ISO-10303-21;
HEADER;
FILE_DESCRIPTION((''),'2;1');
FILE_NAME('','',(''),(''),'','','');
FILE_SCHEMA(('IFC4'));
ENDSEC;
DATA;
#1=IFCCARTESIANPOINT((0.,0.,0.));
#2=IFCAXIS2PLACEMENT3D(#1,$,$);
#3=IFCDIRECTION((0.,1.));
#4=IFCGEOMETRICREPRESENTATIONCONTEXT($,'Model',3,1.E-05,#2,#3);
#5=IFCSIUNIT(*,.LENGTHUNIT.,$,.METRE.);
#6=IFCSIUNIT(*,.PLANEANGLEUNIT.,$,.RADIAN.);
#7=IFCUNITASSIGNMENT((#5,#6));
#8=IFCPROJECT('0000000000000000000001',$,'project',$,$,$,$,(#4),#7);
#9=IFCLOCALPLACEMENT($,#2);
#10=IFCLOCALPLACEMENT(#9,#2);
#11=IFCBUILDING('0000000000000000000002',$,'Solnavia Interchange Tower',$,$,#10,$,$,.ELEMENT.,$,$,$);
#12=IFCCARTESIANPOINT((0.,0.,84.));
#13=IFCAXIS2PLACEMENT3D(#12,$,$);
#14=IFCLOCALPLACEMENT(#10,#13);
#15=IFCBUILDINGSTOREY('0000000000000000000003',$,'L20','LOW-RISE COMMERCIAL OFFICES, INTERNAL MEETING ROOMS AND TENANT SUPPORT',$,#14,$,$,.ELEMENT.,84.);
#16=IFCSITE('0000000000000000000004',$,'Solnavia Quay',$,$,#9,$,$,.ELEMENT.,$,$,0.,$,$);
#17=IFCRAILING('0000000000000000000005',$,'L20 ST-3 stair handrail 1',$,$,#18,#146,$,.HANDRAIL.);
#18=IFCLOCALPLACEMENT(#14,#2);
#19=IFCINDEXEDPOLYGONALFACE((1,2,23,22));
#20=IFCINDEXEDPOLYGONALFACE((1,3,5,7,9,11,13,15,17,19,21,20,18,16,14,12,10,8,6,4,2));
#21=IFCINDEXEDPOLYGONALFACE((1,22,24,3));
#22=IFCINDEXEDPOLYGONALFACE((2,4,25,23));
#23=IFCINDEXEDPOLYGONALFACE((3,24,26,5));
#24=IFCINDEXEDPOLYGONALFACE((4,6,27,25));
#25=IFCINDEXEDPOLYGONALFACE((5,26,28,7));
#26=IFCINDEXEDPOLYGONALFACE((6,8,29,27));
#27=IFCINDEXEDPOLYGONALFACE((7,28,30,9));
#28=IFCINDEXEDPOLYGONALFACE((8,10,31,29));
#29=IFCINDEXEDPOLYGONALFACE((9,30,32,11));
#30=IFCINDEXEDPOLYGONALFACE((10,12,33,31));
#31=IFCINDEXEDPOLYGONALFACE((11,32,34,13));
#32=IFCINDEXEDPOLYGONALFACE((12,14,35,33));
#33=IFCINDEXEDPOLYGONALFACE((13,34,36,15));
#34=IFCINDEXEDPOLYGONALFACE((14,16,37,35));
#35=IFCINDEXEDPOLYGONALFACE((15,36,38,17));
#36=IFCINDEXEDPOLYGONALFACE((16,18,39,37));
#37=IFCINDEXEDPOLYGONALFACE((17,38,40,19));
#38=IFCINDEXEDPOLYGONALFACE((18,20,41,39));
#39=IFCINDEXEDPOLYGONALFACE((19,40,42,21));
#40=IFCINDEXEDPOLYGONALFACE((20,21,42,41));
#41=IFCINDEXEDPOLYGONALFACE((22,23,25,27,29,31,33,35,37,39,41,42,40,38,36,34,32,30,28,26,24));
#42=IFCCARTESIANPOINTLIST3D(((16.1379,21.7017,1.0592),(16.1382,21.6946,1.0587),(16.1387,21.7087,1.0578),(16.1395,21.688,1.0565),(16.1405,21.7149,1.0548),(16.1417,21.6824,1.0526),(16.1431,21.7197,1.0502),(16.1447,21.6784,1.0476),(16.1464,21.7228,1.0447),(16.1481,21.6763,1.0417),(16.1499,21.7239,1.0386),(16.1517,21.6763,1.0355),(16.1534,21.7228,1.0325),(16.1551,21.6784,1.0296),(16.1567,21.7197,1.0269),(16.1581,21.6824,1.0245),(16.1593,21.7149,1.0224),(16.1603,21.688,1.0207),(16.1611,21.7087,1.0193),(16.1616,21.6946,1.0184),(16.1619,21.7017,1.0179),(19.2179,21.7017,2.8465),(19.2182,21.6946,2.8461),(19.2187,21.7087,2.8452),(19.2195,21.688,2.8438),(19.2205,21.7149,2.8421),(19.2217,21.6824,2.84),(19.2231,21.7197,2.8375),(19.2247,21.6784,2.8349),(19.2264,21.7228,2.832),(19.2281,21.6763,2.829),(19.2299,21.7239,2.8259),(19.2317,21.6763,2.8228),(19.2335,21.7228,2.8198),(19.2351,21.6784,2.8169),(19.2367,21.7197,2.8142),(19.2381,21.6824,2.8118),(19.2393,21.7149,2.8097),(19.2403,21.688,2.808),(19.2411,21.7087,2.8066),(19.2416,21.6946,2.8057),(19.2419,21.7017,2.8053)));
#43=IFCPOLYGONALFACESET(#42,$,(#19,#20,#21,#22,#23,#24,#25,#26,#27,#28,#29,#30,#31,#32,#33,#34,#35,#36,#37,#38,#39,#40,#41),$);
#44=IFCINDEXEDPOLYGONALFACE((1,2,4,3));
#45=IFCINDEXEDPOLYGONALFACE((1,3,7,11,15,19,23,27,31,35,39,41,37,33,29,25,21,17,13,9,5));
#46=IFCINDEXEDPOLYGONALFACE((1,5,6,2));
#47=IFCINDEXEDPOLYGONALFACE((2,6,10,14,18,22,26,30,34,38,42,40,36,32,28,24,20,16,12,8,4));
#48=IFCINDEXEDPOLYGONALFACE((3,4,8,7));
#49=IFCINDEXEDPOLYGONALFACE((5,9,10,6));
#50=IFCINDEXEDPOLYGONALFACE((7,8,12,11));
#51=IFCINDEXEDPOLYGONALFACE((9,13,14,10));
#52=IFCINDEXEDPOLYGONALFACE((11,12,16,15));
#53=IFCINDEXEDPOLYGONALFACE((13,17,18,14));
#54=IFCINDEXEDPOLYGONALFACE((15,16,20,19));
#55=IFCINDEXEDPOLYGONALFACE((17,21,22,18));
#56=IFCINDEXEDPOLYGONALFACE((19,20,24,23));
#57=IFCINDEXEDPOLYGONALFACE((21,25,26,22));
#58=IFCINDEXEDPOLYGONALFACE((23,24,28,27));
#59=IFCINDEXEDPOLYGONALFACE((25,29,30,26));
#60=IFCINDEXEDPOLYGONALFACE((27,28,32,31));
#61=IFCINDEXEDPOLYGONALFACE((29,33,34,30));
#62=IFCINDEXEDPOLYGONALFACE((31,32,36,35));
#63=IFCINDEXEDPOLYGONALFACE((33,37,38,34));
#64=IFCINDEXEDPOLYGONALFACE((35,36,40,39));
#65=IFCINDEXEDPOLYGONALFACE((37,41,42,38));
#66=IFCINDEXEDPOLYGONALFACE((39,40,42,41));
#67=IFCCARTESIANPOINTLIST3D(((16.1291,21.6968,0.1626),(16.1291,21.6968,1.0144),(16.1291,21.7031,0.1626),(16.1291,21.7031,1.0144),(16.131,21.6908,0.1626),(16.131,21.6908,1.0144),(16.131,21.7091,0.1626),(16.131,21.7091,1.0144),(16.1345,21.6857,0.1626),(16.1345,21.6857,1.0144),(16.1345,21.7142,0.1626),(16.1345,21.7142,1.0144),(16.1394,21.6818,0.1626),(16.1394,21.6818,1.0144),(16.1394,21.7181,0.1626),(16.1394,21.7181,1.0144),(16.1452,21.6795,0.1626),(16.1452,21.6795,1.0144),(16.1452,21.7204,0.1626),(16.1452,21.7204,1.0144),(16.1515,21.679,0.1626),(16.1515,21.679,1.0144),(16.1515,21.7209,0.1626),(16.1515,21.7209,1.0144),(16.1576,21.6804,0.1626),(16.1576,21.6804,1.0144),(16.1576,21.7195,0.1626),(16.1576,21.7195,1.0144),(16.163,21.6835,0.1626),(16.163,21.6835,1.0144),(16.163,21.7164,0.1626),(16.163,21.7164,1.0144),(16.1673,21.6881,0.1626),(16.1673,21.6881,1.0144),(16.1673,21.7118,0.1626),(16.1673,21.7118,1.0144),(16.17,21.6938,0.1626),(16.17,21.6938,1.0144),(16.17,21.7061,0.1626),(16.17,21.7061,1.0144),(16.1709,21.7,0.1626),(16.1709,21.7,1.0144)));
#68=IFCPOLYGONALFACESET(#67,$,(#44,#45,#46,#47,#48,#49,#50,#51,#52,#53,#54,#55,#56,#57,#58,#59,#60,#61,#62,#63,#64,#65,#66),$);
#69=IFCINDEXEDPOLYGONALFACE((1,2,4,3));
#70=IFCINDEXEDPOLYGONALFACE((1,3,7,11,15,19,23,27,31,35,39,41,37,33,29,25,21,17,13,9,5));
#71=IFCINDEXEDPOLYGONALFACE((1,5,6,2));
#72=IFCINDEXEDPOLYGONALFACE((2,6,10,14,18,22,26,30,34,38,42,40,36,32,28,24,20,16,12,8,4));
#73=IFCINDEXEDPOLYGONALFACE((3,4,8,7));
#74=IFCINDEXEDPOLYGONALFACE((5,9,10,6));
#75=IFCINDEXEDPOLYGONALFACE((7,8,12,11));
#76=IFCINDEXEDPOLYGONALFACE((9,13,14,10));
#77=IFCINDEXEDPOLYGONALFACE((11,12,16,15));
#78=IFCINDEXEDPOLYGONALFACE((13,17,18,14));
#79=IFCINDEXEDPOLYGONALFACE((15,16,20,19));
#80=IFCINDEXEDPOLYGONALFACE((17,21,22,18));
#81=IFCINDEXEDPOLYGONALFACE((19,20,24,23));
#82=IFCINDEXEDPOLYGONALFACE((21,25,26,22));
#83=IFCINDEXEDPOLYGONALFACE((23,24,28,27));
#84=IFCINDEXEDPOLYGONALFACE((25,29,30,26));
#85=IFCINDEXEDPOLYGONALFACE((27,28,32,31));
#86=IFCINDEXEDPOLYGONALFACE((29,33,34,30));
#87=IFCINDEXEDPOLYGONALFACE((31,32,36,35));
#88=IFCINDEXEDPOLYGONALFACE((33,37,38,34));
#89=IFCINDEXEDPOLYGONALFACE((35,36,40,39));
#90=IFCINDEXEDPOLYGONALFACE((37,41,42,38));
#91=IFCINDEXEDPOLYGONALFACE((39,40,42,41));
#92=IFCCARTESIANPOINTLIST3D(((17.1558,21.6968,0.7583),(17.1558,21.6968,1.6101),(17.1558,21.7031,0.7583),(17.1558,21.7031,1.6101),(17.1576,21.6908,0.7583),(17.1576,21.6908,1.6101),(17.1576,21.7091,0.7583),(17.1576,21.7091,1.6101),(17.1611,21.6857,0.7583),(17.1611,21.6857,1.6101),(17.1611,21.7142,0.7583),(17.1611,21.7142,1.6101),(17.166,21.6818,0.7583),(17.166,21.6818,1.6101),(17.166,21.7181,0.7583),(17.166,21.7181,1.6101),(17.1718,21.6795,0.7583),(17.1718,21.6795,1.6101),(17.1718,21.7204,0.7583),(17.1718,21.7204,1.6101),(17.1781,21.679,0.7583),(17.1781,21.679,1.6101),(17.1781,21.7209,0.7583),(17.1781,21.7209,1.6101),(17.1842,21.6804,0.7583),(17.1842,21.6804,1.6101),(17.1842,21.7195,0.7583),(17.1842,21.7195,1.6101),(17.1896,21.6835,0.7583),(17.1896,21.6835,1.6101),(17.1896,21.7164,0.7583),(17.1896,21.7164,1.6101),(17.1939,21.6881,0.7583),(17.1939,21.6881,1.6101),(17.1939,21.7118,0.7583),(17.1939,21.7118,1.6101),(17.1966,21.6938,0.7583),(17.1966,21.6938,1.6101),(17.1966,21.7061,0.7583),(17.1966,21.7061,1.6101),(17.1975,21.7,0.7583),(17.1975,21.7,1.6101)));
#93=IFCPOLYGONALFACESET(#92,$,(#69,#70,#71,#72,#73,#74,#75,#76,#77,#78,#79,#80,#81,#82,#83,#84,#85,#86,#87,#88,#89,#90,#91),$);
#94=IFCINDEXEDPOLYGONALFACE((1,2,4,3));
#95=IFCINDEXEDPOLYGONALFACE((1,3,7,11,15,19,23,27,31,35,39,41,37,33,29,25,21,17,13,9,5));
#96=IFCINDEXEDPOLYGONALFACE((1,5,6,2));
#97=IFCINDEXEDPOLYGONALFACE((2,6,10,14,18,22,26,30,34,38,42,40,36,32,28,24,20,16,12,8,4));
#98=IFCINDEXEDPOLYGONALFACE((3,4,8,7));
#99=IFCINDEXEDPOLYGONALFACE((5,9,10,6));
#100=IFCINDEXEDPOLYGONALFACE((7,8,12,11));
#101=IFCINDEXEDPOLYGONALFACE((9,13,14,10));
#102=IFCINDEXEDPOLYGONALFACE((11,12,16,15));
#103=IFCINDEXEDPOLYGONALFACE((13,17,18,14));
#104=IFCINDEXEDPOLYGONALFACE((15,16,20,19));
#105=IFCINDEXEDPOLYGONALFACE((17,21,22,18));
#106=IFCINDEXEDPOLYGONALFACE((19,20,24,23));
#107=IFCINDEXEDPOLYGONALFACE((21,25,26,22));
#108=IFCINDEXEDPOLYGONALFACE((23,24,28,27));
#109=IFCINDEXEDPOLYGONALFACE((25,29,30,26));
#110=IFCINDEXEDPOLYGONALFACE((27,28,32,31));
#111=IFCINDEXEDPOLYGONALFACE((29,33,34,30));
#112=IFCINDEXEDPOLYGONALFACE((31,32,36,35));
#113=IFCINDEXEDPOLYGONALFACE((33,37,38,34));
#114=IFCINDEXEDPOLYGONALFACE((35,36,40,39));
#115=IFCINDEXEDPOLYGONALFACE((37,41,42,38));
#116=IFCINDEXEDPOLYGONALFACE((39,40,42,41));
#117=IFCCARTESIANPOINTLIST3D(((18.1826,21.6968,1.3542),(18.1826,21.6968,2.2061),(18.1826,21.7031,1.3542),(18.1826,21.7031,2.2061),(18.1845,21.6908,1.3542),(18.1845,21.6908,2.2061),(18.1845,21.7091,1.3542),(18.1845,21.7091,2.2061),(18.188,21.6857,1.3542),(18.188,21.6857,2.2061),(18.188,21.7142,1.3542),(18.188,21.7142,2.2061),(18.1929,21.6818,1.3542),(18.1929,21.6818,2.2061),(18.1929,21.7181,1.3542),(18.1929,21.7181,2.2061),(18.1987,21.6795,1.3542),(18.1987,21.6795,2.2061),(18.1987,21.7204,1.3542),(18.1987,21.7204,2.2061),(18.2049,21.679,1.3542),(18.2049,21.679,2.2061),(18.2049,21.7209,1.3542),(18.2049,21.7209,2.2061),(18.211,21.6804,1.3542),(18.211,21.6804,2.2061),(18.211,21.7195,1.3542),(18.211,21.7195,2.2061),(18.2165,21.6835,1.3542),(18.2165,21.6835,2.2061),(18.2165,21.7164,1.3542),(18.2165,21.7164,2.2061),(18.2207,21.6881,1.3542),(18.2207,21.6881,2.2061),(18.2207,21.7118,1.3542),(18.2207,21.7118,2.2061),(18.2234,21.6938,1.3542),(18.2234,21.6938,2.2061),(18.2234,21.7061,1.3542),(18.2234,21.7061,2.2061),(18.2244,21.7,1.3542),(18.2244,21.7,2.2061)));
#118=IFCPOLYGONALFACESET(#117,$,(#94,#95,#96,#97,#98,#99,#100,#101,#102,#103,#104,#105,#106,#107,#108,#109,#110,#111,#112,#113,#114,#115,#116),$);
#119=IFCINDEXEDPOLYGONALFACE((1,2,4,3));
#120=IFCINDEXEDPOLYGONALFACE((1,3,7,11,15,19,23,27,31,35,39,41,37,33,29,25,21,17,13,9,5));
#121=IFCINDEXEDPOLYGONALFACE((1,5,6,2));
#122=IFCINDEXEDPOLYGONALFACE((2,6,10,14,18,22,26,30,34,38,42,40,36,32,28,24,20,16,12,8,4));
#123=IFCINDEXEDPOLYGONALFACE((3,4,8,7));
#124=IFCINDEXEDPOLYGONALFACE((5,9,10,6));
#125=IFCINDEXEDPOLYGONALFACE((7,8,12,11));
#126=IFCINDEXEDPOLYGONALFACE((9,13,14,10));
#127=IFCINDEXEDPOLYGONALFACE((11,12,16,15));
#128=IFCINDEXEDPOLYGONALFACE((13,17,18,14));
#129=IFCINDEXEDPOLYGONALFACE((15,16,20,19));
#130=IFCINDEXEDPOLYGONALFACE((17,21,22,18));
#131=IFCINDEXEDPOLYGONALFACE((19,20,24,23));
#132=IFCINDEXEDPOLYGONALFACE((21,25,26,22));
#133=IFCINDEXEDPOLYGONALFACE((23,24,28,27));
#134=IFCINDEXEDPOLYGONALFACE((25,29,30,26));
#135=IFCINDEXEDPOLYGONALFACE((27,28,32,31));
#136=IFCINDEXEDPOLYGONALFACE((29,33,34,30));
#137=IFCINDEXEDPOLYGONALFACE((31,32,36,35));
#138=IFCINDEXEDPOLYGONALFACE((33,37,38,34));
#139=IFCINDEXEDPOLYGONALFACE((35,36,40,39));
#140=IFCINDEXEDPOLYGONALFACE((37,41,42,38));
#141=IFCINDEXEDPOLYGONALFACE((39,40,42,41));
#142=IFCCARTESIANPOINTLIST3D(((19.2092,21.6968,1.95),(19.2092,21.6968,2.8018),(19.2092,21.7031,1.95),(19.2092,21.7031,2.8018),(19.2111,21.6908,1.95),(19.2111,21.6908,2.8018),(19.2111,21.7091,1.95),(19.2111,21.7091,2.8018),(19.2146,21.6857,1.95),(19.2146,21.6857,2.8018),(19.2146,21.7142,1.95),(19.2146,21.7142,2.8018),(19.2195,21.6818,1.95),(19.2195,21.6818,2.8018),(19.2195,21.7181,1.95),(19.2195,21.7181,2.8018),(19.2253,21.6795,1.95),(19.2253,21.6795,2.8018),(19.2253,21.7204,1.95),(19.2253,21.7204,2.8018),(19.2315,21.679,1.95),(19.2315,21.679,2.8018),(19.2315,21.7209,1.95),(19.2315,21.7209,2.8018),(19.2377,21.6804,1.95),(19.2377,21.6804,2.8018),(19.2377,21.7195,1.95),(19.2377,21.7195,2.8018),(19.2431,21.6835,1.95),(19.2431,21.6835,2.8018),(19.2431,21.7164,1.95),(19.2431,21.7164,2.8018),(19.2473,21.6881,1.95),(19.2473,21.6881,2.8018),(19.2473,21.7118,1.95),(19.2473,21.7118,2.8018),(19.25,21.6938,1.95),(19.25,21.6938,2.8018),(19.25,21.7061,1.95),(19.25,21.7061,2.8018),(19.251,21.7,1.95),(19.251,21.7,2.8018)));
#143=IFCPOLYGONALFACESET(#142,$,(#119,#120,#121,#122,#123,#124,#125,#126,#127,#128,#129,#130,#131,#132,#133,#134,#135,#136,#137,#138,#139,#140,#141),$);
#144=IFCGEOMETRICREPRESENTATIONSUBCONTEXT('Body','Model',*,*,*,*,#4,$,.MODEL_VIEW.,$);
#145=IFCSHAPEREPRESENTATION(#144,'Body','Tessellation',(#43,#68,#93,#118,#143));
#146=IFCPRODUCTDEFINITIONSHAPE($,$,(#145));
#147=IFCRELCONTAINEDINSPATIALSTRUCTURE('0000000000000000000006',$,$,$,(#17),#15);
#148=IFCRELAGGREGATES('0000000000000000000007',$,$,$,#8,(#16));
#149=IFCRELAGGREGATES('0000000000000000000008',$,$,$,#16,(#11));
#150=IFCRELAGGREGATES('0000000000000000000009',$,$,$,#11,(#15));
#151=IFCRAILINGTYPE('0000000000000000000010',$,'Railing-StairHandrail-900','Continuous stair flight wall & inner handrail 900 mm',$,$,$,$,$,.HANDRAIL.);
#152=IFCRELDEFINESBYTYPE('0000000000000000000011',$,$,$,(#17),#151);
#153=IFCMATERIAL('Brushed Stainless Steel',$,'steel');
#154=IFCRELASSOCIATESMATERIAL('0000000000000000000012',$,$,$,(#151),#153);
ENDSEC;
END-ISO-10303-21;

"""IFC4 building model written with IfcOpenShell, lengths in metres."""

from ifc_helpers import new_model, si_unit, direction, frame, origin, origin_2d, place, context, subcontext, project, spatial, circle, extrude, material, type_object, element, save


model = new_model("IFC4")

# Units and contexts
model_context = context("Model", 3, precision=1e-05, world=origin(), true_north=direction((0.0, 1.0)))
body_context = subcontext(model_context, "Body", "Model", "MODEL_VIEW")
ifc_project = project(units=[si_unit("LENGTHUNIT", "METRE"), si_unit("PLANEANGLEUNIT", "RADIAN")], contexts=[model_context])

# Site, building, storey
site_placement = place(None, origin())
site = spatial("IfcSite", under=ifc_project, at=site_placement, Name="Solnavia Quay", CompositionType="ELEMENT", RefElevation=0.0)
building_placement = place(site_placement, origin())
building = spatial("IfcBuilding", under=site, at=building_placement, Name="Solnavia Interchange Tower", CompositionType="ELEMENT")
storey_placement = place(building_placement, frame((0.0, 0.0, 84.0)))
storey = spatial("IfcBuildingStorey", under=building, at=storey_placement, Name="L20", Description="LOW-RISE COMMERCIAL OFFICES, INTERNAL MEETING ROOMS AND TENANT SUPPORT", CompositionType="ELEMENT", Elevation=84.0)

# Railing
ifc_material_1 = material(Name="Brushed Stainless Steel", Category="steel")
railing_type_1 = type_object("IfcRailingType", Name="Railing-StairHandrail-900", Description="Continuous stair flight wall & inner handrail 900 mm", PredefinedType="HANDRAIL", material=ifc_material_1)
railing_1_placement = place(storey_placement, frame((16.1499, 21.7, 0.1626)))
element("IfcRailing", 1, at=railing_1_placement, inside=storey, type_object=railing_type_1, Name="L20 ST-3 stair handrail 1", PredefinedType="HANDRAIL", context=body_context, shape_type="SweptSolid", body=[
    extrude(circle(Radius=0.0239, at=origin_2d()), frame((0.0, 0.0, 0.876), z_axis=(0.86492, 0.0, 0.501909), x_axis=(0.0, 1.0, 0.0)), (0.0, 0.0, 1.0), 3.561),
    extrude(circle(Radius=0.021, at=origin_2d()), origin(), (0.0, 0.0, 1.0), 0.8518),
    extrude(circle(Radius=0.021, at=origin_2d()), frame((1.0266, 0.0, 0.5957)), (0.0, 0.0, 1.0), 0.8518),
    extrude(circle(Radius=0.021, at=origin_2d()), frame((2.0535, 0.0, 1.1917)), (0.0, 0.0, 1.0), 0.8518),
    extrude(circle(Radius=0.021, at=origin_2d()), frame((3.0801, 0.0, 1.7874)), (0.0, 0.0, 1.0), 0.8518),
])

save(model, "model.ifc")
